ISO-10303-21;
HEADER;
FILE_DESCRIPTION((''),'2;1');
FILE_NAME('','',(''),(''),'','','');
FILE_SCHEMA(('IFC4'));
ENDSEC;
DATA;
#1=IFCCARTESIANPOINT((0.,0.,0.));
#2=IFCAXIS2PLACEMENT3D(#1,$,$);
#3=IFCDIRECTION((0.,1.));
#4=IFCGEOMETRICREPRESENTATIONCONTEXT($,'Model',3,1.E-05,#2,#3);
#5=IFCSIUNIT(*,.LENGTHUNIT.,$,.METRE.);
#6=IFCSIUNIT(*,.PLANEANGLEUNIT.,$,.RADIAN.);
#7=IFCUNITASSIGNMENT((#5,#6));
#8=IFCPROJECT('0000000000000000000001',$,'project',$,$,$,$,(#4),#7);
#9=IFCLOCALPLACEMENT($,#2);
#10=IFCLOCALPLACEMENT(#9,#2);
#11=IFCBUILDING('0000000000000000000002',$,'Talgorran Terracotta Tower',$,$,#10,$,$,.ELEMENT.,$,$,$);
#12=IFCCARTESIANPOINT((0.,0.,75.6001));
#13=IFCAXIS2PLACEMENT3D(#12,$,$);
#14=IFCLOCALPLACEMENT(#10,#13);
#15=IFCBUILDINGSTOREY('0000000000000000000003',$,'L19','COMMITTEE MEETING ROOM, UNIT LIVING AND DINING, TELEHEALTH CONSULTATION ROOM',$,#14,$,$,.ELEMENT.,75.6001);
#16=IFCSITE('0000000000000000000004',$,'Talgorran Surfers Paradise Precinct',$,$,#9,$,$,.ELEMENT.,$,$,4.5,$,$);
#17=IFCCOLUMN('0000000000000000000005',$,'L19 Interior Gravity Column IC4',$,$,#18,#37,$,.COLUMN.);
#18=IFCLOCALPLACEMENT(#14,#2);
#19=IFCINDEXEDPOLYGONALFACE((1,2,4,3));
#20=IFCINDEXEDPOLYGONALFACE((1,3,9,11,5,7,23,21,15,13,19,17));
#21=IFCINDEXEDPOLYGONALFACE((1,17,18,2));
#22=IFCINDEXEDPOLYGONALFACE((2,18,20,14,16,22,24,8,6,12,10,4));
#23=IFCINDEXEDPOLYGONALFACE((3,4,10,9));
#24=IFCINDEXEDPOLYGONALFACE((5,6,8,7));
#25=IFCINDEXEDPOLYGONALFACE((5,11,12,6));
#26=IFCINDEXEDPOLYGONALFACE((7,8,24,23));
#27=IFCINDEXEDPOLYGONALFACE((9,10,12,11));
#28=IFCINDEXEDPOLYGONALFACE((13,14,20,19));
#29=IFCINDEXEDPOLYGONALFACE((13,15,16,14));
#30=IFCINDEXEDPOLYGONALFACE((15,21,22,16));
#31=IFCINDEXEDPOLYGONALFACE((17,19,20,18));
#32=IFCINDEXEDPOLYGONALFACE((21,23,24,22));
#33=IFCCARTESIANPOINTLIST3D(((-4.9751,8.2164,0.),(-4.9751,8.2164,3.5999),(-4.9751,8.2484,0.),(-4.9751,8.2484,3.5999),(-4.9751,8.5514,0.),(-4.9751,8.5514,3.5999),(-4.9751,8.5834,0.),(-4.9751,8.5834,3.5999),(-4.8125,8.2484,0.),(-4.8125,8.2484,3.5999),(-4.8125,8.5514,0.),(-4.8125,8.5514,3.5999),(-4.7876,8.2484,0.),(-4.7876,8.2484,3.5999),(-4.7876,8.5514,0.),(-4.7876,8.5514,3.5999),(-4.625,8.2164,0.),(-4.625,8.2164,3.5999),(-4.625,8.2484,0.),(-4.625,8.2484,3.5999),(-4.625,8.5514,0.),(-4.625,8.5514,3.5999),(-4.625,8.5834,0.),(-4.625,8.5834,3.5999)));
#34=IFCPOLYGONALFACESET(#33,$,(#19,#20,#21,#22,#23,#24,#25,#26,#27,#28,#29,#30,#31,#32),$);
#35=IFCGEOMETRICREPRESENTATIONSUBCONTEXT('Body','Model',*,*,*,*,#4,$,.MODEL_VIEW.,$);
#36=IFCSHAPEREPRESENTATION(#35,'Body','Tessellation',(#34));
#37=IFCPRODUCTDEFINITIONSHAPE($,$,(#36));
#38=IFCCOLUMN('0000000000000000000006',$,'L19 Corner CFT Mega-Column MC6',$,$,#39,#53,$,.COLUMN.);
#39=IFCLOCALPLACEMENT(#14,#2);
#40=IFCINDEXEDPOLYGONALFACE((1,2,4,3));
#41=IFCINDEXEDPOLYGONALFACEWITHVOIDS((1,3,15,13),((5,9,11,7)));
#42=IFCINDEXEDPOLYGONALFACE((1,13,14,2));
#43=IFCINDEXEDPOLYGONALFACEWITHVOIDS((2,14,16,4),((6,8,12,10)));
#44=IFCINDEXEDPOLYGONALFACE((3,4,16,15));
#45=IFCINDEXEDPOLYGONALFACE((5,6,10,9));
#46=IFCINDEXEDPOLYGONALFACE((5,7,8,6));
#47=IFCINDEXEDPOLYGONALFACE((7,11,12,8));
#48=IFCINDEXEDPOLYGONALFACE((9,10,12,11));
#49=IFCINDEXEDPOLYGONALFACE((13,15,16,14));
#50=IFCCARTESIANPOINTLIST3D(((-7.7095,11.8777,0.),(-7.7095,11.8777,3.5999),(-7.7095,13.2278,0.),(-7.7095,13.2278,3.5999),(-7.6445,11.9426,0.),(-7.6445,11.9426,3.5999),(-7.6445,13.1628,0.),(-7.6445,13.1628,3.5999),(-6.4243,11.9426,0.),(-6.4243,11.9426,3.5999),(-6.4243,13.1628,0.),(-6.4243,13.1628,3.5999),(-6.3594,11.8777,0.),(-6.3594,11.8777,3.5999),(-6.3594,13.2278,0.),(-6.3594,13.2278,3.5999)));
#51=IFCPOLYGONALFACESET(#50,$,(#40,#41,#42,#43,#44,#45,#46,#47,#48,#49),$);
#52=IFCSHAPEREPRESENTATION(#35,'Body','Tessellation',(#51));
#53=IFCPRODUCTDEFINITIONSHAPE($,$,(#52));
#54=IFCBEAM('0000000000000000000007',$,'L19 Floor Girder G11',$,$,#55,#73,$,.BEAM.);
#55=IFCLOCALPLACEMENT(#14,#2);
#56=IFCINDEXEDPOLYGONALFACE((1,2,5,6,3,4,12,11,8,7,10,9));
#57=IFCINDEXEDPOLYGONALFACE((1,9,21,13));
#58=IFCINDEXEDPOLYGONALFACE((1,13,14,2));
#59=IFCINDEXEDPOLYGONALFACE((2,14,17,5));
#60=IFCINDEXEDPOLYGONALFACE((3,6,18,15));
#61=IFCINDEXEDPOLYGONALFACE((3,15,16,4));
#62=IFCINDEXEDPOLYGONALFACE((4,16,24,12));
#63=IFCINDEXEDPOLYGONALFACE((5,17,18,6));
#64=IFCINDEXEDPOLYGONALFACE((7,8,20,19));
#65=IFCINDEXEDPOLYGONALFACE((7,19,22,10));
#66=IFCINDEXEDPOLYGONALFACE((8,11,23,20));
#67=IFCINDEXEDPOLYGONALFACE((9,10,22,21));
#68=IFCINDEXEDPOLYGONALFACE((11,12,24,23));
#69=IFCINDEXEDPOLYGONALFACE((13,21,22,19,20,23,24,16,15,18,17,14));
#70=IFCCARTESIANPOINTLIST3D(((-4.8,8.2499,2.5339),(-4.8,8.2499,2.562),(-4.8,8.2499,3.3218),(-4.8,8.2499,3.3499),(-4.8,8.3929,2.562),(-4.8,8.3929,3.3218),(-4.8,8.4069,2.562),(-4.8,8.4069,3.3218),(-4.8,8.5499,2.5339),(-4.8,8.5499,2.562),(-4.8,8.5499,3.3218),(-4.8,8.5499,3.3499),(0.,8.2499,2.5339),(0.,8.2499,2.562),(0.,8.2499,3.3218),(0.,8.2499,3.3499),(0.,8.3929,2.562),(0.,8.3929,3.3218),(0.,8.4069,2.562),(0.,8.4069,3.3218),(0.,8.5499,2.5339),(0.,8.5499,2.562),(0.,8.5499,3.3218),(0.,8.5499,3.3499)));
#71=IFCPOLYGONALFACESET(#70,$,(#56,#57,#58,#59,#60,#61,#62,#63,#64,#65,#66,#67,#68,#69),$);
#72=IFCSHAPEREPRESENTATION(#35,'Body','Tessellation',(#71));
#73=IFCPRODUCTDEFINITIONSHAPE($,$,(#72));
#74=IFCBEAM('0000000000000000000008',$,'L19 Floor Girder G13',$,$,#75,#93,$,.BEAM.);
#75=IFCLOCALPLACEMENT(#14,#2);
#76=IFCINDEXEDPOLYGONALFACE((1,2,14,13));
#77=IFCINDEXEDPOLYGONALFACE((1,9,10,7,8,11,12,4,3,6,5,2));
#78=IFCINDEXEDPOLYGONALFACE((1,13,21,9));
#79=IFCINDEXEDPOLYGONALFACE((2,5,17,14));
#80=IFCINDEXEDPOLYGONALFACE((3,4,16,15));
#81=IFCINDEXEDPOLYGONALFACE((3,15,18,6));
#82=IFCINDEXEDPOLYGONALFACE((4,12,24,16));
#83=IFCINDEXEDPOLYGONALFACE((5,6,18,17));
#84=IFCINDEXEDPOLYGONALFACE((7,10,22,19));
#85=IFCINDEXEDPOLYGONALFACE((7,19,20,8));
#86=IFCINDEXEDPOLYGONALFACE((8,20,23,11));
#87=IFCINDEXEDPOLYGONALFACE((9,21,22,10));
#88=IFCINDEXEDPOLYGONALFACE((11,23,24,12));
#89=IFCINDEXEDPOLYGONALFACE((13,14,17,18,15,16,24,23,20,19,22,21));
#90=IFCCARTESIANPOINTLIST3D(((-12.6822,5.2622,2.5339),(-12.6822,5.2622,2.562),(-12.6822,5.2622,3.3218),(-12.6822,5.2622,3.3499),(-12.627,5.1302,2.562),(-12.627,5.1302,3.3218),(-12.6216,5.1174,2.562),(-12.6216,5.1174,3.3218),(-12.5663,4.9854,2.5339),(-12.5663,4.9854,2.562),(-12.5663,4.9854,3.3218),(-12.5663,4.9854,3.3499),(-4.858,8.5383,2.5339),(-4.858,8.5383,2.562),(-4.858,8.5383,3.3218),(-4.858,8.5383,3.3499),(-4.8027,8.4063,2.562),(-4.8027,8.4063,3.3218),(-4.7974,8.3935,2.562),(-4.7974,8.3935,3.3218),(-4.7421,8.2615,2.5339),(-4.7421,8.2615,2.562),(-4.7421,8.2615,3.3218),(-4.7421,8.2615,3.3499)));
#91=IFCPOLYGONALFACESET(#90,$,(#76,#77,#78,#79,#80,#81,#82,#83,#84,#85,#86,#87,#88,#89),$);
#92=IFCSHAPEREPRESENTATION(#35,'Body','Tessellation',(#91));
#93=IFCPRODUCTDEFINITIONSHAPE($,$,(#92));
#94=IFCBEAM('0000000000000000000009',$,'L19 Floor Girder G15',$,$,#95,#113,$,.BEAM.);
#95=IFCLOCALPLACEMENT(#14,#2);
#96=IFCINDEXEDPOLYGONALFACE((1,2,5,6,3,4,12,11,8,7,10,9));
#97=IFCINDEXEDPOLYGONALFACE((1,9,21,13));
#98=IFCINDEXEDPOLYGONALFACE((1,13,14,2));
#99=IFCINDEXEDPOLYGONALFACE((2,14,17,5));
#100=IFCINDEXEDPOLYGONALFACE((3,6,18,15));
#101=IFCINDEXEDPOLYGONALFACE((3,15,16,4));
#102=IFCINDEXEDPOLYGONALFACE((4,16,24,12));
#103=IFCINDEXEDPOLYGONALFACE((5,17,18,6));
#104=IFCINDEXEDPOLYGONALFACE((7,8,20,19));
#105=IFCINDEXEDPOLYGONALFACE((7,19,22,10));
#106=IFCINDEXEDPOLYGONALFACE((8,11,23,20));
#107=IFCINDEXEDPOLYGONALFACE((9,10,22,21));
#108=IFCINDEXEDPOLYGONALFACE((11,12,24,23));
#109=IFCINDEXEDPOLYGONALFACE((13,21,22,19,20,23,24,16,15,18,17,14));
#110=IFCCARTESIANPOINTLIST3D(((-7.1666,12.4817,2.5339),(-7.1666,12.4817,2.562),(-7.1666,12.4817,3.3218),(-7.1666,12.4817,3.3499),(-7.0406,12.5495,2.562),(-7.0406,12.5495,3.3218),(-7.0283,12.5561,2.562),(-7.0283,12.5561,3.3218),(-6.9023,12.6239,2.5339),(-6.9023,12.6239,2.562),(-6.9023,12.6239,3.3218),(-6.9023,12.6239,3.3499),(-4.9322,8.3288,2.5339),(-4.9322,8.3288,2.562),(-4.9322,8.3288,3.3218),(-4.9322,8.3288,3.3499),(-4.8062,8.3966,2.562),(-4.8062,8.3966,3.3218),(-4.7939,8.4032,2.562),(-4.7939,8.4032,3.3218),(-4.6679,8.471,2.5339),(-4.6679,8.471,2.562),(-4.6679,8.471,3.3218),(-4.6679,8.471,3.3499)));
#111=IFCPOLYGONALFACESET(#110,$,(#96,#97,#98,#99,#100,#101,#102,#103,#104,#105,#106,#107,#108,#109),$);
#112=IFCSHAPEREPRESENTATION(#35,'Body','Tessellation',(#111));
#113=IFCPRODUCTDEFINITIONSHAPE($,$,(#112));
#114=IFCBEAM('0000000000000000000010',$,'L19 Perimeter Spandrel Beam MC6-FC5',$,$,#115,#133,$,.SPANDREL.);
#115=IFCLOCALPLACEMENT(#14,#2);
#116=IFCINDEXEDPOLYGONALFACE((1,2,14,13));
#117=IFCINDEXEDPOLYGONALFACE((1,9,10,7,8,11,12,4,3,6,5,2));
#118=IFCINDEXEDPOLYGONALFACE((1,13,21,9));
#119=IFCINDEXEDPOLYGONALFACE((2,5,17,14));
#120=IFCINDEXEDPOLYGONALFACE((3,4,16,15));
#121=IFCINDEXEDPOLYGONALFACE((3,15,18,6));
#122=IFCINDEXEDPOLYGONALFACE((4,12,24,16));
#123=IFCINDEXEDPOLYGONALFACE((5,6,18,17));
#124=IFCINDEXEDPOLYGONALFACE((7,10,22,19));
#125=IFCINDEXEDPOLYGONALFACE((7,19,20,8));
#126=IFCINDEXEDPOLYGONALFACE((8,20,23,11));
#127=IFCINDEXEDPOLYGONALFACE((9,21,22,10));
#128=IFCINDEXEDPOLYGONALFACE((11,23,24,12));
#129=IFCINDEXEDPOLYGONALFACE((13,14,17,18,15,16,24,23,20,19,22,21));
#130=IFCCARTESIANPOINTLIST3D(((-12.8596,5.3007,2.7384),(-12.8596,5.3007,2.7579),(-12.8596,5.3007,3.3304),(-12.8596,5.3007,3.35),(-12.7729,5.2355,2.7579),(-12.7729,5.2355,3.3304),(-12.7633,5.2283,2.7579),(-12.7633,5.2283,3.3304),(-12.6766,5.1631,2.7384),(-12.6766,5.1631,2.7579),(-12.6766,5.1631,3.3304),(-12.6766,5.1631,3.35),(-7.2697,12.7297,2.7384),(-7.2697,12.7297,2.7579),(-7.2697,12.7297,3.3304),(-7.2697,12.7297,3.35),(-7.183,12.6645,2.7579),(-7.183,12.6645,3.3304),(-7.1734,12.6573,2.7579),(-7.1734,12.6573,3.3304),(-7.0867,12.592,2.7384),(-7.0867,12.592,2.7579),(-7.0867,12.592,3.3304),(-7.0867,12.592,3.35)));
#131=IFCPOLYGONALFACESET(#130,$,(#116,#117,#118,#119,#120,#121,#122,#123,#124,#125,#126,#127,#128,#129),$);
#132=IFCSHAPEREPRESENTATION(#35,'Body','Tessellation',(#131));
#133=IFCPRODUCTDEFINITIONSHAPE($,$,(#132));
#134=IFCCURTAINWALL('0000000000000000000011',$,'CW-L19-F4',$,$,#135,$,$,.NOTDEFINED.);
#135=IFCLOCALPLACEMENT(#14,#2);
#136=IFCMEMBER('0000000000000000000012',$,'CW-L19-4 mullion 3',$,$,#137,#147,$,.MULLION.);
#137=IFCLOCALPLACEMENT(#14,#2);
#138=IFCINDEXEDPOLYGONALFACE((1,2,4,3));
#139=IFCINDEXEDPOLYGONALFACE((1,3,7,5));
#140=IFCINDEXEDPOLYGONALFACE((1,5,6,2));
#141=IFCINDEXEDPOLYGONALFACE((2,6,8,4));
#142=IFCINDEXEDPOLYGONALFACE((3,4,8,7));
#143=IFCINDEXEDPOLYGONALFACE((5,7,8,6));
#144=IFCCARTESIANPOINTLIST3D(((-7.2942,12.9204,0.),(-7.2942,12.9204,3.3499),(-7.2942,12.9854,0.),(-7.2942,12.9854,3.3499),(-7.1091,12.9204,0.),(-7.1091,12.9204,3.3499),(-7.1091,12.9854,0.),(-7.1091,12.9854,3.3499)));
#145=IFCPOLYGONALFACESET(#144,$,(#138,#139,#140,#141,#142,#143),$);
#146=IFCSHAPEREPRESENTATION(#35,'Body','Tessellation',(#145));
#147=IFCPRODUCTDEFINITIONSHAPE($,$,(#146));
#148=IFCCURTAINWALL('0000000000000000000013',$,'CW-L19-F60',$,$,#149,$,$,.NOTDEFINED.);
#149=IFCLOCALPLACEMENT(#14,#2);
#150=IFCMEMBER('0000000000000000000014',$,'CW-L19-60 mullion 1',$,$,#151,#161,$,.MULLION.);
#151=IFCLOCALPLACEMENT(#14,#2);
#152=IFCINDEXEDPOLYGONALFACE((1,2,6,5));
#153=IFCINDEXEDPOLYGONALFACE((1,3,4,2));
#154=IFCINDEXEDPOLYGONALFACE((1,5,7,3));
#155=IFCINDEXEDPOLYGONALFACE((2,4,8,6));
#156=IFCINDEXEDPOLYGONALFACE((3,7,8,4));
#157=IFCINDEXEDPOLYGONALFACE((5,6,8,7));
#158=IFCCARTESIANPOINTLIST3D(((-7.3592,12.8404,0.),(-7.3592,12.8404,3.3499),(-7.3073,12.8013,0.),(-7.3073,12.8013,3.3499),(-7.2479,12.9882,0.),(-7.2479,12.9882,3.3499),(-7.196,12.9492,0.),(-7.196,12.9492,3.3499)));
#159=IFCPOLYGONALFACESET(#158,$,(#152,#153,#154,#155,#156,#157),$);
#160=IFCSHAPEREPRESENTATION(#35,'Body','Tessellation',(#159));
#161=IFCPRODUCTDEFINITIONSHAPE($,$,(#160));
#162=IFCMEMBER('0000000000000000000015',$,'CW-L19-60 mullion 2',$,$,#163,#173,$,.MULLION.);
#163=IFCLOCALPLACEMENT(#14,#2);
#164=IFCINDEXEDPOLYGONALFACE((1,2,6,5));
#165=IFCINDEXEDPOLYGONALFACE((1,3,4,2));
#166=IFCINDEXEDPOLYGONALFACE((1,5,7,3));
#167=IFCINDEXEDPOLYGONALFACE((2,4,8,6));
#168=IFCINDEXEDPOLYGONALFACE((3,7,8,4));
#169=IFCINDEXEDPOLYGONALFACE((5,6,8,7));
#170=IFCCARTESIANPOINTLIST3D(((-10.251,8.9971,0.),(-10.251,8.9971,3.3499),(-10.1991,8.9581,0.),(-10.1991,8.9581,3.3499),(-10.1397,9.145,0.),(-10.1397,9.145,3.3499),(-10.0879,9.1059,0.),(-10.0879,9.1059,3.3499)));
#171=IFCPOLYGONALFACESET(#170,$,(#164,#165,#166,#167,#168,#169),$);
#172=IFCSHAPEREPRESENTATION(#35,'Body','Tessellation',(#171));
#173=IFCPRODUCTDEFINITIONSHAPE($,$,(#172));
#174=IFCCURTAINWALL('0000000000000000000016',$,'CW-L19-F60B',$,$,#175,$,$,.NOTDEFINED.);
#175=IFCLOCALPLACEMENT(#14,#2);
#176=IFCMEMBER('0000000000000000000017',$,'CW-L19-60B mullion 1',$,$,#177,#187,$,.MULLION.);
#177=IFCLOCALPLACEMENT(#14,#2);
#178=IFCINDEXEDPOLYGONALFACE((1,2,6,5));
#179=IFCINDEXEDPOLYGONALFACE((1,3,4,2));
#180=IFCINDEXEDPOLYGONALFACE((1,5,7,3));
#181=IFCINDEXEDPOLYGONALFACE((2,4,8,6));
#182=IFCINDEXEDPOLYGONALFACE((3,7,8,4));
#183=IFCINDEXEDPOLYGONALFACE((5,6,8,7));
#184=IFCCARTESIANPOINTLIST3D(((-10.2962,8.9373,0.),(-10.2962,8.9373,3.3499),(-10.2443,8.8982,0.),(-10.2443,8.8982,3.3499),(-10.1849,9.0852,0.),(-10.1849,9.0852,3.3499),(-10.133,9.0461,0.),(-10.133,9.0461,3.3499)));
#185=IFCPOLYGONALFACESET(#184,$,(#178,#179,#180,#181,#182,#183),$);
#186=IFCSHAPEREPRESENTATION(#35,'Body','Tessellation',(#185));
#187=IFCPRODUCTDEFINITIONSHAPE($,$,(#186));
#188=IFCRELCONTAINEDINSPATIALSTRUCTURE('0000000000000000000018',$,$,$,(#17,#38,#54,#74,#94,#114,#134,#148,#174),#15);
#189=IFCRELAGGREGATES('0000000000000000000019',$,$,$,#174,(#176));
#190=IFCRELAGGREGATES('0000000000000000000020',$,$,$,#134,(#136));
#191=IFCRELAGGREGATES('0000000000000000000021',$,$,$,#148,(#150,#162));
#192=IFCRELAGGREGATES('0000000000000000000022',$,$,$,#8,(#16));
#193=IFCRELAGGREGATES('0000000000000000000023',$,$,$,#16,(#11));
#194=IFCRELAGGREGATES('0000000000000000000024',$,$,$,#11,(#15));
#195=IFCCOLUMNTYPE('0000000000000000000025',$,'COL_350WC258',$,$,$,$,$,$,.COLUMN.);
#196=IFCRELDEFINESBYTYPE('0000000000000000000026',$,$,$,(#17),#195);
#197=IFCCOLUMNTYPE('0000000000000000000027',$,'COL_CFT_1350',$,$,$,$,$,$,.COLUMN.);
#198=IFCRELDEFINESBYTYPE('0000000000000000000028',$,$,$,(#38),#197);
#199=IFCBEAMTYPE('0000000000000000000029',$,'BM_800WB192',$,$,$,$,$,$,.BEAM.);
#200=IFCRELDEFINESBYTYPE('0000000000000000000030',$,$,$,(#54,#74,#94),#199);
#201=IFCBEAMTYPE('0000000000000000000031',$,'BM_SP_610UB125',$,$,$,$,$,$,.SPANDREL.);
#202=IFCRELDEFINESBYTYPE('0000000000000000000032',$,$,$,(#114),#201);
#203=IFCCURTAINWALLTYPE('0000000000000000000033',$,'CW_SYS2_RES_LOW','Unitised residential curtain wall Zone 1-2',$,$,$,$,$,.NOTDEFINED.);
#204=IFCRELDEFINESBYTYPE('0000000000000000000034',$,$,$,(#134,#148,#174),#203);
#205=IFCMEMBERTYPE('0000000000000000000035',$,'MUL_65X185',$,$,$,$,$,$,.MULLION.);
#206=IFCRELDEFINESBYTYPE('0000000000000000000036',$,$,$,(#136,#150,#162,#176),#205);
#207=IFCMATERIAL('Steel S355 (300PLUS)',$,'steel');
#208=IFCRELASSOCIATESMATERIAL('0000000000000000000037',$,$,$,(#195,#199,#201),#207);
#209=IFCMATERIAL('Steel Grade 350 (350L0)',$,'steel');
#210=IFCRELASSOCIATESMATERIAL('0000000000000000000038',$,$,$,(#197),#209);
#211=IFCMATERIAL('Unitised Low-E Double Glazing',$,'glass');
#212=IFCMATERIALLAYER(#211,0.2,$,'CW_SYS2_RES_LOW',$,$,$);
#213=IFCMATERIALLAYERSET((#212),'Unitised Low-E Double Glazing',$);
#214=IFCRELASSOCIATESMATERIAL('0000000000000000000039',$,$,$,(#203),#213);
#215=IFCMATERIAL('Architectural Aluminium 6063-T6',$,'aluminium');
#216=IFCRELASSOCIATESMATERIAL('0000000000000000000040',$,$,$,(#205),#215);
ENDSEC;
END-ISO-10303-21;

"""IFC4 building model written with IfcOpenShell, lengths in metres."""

from ifc_helpers import new_model, si_unit, direction, frame, origin, origin_2d, place, context, subcontext, project, spatial, rectangle, hollow_rectangle, i_section, extrude, material, layer, layer_set, material_profile, profile_set, type_object, element, aggregate, save


model = new_model("IFC4")

# Units and contexts
model_context = context("Model", 3, precision=1e-05, world=origin(), true_north=direction((0.0, 1.0)))
body_context = subcontext(model_context, "Body", "Model", "MODEL_VIEW")
ifc_project = project(units=[si_unit("LENGTHUNIT", "METRE"), si_unit("PLANEANGLEUNIT", "RADIAN")], contexts=[model_context])

# Site, building, storey
site_placement = place(None, origin())
site = spatial("IfcSite", under=ifc_project, at=site_placement, Name="Talgorran Surfers Paradise Precinct", CompositionType="ELEMENT", RefElevation=4.5)
building_placement = place(site_placement, origin())
building = spatial("IfcBuilding", under=site, at=building_placement, Name="Talgorran Terracotta Tower", CompositionType="ELEMENT")
storey_placement = place(building_placement, frame((0.0, 0.0, 75.6001)))
storey = spatial("IfcBuildingStorey", under=building, at=storey_placement, Name="L19", Description="COMMITTEE MEETING ROOM, UNIT LIVING AND DINING, TELEHEALTH CONSULTATION ROOM", CompositionType="ELEMENT", Elevation=75.6001)

# Columns
ifc_material_1 = material(Name="Steel S355 (300PLUS)", Category="steel")
ifc_material_profile_1 = material_profile(ifc_material_1, i_section(OverallWidth=0.3501, OverallDepth=0.3669, WebThickness=0.0249, FlangeThickness=0.032, at=origin_2d()), Name="350WC258")
ifc_profile_set_1 = profile_set([ifc_material_profile_1], Name="Steel S355 (300PLUS)")
column_type_1 = type_object("IfcColumnType", Name="COL_350WC258", PredefinedType="COLUMN", material=ifc_profile_set_1)
column_1_placement = place(storey_placement, frame((-4.8, 8.3999, 0.0), z_axis=(0.0, 0.0, 1.0), x_axis=(1.0, 0.0, 0.0)))
element("IfcColumn", 1, at=column_1_placement, inside=storey, type_object=column_type_1, Name="L19 Interior Gravity Column IC4", PredefinedType="COLUMN", context=body_context, shape_type="SweptSolid", body=[
    extrude(i_section(OverallWidth=0.3501, OverallDepth=0.3669, WebThickness=0.0249, FlangeThickness=0.032, at=origin_2d()), origin(), (0.0, 0.0, 1.0), 3.5999),
])
ifc_material_2 = material(Name="Steel Grade 350 (350L0)", Category="steel")
ifc_material_profile_2 = material_profile(ifc_material_2, hollow_rectangle(XDim=1.3501, YDim=1.3501, WallThickness=0.0649, at=origin_2d()), Name="CFT1350X1350X65")
ifc_profile_set_2 = profile_set([ifc_material_profile_2], Name="Steel Grade 350 (350L0)")
column_type_2 = type_object("IfcColumnType", Name="COL_CFT_1350", PredefinedType="COLUMN", material=ifc_profile_set_2)
column_2_placement = place(storey_placement, frame((-7.0344, 12.5527, 0.0), z_axis=(0.0, 0.0, 1.0), x_axis=(1.0, 0.0, 0.0)))
element("IfcColumn", 2, at=column_2_placement, inside=storey, type_object=column_type_2, Name="L19 Corner CFT Mega-Column MC6", PredefinedType="COLUMN", context=body_context, shape_type="SweptSolid", body=[
    extrude(hollow_rectangle(XDim=1.3501, YDim=1.3501, WallThickness=0.0649, at=origin_2d()), origin(), (0.0, 0.0, 1.0), 3.5999),
])

# Beams
ifc_material_profile_3 = material_profile(ifc_material_1, i_section(OverallWidth=0.3, OverallDepth=0.8159, WebThickness=0.0139, FlangeThickness=0.0281, at=origin_2d()), Name="800WB192")
ifc_profile_set_3 = profile_set([ifc_material_profile_3], Name="Steel S355 (300PLUS)")
beam_type_1 = type_object("IfcBeamType", Name="BM_800WB192", PredefinedType="BEAM", material=ifc_profile_set_3)
beam_1_placement = place(storey_placement, frame((-4.8, 8.3999, 2.9419), z_axis=(1.0, 0.0, 0.0), x_axis=(0.0, 1.0, 0.0)))
element("IfcBeam", 3, at=beam_1_placement, inside=storey, type_object=beam_type_1, Name="L19 Floor Girder G11", PredefinedType="BEAM", context=body_context, shape_type="SweptSolid", body=[
    extrude(i_section(OverallWidth=0.3, OverallDepth=0.8159, WebThickness=0.0139, FlangeThickness=0.0281, at=origin_2d()), origin(), (0.0, 0.0, 1.0), 4.8),
])
beam_2_placement = place(storey_placement, frame((-4.8, 8.3999, 2.9419), z_axis=(-0.922405, -0.386225, 0.0), x_axis=(0.386225, -0.922405, 0.0)))
element("IfcBeam", 4, at=beam_2_placement, inside=storey, type_object=beam_type_1, Name="L19 Floor Girder G13", PredefinedType="BEAM", context=body_context, shape_type="SweptSolid", body=[
    extrude(i_section(OverallWidth=0.3, OverallDepth=0.8159, WebThickness=0.0139, FlangeThickness=0.0281, at=origin_2d()), origin(), (0.0, 0.0, 1.0), 8.4824),
])
beam_3_placement = place(storey_placement, frame((-4.8, 8.3999, 2.9419), z_axis=(-0.47381, 0.880627, 0.0), x_axis=(-0.880627, -0.47381, 0.0)))
element("IfcBeam", 5, at=beam_3_placement, inside=storey, type_object=beam_type_1, Name="L19 Floor Girder G15", PredefinedType="BEAM", context=body_context, shape_type="SweptSolid", body=[
    extrude(i_section(OverallWidth=0.3, OverallDepth=0.8159, WebThickness=0.0139, FlangeThickness=0.0281, at=origin_2d()), origin(), (0.0, 0.0, 1.0), 4.7158),
])
ifc_material_profile_4 = material_profile(ifc_material_1, i_section(OverallWidth=0.229, OverallDepth=0.6116, WebThickness=0.012, FlangeThickness=0.0195, at=origin_2d()), Name="610UB125")
ifc_profile_set_4 = profile_set([ifc_material_profile_4], Name="Steel S355 (300PLUS)")
beam_type_2 = type_object("IfcBeamType", Name="BM_SP_610UB125", PredefinedType="SPANDREL", material=ifc_profile_set_4)
beam_4_placement = place(storey_placement, frame((-7.1782, 12.6609, 3.0442), z_axis=(-0.601247, -0.799063, 0.0), x_axis=(0.799063, -0.601247, 0.0)))
element("IfcBeam", 6, at=beam_4_placement, inside=storey, type_object=beam_type_2, Name="L19 Perimeter Spandrel Beam MC6-FC5", PredefinedType="SPANDREL", context=body_context, shape_type="SweptSolid", body=[
    extrude(i_section(OverallWidth=0.229, OverallDepth=0.6116, WebThickness=0.012, FlangeThickness=0.0195, at=origin_2d()), origin(), (0.0, 0.0, 1.0), 9.2971),
])

# Curtain wall, member
ifc_material_3 = material(Name="Unitised Low-E Double Glazing", Category="glass")
ifc_layer_1 = layer(ifc_material_3, 0.2, Name="CW_SYS2_RES_LOW")
ifc_layer_set_1 = layer_set([ifc_layer_1], Name="Unitised Low-E Double Glazing")
curtain_wall_type = type_object("IfcCurtainWallType", Name="CW_SYS2_RES_LOW", Description="Unitised residential curtain wall Zone 1-2", PredefinedType="NOTDEFINED", material=ifc_layer_set_1)
curtain_wall_1_placement = place(storey_placement, origin())
curtain_wall_1 = element("IfcCurtainWall", 7, at=curtain_wall_1_placement, inside=storey, type_object=curtain_wall_type, Name="CW-L19-F4", PredefinedType="NOTDEFINED")
ifc_material_4 = material(Name="Architectural Aluminium 6063-T6", Category="aluminium")
ifc_material_profile_5 = material_profile(ifc_material_4, rectangle(XDim=0.0649, YDim=0.1851, at=origin_2d()), Name="CWM65X185")
ifc_profile_set_5 = profile_set([ifc_material_profile_5], Name="Architectural Aluminium 6063-T6")
member_type_1 = type_object("IfcMemberType", Name="MUL_65X185", PredefinedType="MULLION", material=ifc_profile_set_5)
member_1_placement = place(storey_placement, frame((-7.2017, 12.9529, 0.0), z_axis=(0.0, 0.0, 1.0), x_axis=(0.0, -1.0, 0.0)))
member_1 = element("IfcMember", 8, at=member_1_placement, type_object=member_type_1, Name="CW-L19-4 mullion 3", PredefinedType="MULLION", context=body_context, shape_type="SweptSolid", body=[
    extrude(rectangle(XDim=0.0649, YDim=0.1851, at=origin_2d()), origin(), (0.0, 0.0, 1.0), 3.3499),
])

# Curtain wall, members
curtain_wall_2_placement = place(storey_placement, origin())
curtain_wall_2 = element("IfcCurtainWall", 9, at=curtain_wall_2_placement, inside=storey, type_object=curtain_wall_type, Name="CW-L19-F60", PredefinedType="NOTDEFINED")
member_2_placement = place(storey_placement, frame((-7.2776, 12.8948, 0.0), z_axis=(0.0, 0.0, 1.0), x_axis=(0.799064, -0.601247, 0.0)))
member_2 = element("IfcMember", 10, at=member_2_placement, type_object=member_type_1, Name="CW-L19-60 mullion 1", PredefinedType="MULLION", context=body_context, shape_type="SweptSolid", body=[
    extrude(rectangle(XDim=0.0649, YDim=0.1851, at=origin_2d()), origin(), (0.0, 0.0, 1.0), 3.3499),
])
member_3_placement = place(storey_placement, frame((-10.1694, 9.0515, 0.0), z_axis=(0.0, 0.0, 1.0), x_axis=(0.799064, -0.601247, 0.0)))
member_3 = element("IfcMember", 11, at=member_3_placement, type_object=member_type_1, Name="CW-L19-60 mullion 2", PredefinedType="MULLION", context=body_context, shape_type="SweptSolid", body=[
    extrude(rectangle(XDim=0.0649, YDim=0.1851, at=origin_2d()), origin(), (0.0, 0.0, 1.0), 3.3499),
])

# Curtain wall, member
curtain_wall_3_placement = place(storey_placement, origin())
curtain_wall_3 = element("IfcCurtainWall", 12, at=curtain_wall_3_placement, inside=storey, type_object=curtain_wall_type, Name="CW-L19-F60B", PredefinedType="NOTDEFINED")
member_4_placement = place(storey_placement, frame((-10.2146, 8.9917, 0.0), z_axis=(0.0, 0.0, 1.0), x_axis=(0.799063, -0.601247, 0.0)))
member_4 = element("IfcMember", 13, at=member_4_placement, type_object=member_type_1, Name="CW-L19-60B mullion 1", PredefinedType="MULLION", context=body_context, shape_type="SweptSolid", body=[
    extrude(rectangle(XDim=0.0649, YDim=0.1851, at=origin_2d()), origin(), (0.0, 0.0, 1.0), 3.3499),
])

aggregate(curtain_wall_3, [member_4])

aggregate(curtain_wall_1, [member_1])
aggregate(curtain_wall_2, [member_2, member_3])

save(model, "model.ifc")
